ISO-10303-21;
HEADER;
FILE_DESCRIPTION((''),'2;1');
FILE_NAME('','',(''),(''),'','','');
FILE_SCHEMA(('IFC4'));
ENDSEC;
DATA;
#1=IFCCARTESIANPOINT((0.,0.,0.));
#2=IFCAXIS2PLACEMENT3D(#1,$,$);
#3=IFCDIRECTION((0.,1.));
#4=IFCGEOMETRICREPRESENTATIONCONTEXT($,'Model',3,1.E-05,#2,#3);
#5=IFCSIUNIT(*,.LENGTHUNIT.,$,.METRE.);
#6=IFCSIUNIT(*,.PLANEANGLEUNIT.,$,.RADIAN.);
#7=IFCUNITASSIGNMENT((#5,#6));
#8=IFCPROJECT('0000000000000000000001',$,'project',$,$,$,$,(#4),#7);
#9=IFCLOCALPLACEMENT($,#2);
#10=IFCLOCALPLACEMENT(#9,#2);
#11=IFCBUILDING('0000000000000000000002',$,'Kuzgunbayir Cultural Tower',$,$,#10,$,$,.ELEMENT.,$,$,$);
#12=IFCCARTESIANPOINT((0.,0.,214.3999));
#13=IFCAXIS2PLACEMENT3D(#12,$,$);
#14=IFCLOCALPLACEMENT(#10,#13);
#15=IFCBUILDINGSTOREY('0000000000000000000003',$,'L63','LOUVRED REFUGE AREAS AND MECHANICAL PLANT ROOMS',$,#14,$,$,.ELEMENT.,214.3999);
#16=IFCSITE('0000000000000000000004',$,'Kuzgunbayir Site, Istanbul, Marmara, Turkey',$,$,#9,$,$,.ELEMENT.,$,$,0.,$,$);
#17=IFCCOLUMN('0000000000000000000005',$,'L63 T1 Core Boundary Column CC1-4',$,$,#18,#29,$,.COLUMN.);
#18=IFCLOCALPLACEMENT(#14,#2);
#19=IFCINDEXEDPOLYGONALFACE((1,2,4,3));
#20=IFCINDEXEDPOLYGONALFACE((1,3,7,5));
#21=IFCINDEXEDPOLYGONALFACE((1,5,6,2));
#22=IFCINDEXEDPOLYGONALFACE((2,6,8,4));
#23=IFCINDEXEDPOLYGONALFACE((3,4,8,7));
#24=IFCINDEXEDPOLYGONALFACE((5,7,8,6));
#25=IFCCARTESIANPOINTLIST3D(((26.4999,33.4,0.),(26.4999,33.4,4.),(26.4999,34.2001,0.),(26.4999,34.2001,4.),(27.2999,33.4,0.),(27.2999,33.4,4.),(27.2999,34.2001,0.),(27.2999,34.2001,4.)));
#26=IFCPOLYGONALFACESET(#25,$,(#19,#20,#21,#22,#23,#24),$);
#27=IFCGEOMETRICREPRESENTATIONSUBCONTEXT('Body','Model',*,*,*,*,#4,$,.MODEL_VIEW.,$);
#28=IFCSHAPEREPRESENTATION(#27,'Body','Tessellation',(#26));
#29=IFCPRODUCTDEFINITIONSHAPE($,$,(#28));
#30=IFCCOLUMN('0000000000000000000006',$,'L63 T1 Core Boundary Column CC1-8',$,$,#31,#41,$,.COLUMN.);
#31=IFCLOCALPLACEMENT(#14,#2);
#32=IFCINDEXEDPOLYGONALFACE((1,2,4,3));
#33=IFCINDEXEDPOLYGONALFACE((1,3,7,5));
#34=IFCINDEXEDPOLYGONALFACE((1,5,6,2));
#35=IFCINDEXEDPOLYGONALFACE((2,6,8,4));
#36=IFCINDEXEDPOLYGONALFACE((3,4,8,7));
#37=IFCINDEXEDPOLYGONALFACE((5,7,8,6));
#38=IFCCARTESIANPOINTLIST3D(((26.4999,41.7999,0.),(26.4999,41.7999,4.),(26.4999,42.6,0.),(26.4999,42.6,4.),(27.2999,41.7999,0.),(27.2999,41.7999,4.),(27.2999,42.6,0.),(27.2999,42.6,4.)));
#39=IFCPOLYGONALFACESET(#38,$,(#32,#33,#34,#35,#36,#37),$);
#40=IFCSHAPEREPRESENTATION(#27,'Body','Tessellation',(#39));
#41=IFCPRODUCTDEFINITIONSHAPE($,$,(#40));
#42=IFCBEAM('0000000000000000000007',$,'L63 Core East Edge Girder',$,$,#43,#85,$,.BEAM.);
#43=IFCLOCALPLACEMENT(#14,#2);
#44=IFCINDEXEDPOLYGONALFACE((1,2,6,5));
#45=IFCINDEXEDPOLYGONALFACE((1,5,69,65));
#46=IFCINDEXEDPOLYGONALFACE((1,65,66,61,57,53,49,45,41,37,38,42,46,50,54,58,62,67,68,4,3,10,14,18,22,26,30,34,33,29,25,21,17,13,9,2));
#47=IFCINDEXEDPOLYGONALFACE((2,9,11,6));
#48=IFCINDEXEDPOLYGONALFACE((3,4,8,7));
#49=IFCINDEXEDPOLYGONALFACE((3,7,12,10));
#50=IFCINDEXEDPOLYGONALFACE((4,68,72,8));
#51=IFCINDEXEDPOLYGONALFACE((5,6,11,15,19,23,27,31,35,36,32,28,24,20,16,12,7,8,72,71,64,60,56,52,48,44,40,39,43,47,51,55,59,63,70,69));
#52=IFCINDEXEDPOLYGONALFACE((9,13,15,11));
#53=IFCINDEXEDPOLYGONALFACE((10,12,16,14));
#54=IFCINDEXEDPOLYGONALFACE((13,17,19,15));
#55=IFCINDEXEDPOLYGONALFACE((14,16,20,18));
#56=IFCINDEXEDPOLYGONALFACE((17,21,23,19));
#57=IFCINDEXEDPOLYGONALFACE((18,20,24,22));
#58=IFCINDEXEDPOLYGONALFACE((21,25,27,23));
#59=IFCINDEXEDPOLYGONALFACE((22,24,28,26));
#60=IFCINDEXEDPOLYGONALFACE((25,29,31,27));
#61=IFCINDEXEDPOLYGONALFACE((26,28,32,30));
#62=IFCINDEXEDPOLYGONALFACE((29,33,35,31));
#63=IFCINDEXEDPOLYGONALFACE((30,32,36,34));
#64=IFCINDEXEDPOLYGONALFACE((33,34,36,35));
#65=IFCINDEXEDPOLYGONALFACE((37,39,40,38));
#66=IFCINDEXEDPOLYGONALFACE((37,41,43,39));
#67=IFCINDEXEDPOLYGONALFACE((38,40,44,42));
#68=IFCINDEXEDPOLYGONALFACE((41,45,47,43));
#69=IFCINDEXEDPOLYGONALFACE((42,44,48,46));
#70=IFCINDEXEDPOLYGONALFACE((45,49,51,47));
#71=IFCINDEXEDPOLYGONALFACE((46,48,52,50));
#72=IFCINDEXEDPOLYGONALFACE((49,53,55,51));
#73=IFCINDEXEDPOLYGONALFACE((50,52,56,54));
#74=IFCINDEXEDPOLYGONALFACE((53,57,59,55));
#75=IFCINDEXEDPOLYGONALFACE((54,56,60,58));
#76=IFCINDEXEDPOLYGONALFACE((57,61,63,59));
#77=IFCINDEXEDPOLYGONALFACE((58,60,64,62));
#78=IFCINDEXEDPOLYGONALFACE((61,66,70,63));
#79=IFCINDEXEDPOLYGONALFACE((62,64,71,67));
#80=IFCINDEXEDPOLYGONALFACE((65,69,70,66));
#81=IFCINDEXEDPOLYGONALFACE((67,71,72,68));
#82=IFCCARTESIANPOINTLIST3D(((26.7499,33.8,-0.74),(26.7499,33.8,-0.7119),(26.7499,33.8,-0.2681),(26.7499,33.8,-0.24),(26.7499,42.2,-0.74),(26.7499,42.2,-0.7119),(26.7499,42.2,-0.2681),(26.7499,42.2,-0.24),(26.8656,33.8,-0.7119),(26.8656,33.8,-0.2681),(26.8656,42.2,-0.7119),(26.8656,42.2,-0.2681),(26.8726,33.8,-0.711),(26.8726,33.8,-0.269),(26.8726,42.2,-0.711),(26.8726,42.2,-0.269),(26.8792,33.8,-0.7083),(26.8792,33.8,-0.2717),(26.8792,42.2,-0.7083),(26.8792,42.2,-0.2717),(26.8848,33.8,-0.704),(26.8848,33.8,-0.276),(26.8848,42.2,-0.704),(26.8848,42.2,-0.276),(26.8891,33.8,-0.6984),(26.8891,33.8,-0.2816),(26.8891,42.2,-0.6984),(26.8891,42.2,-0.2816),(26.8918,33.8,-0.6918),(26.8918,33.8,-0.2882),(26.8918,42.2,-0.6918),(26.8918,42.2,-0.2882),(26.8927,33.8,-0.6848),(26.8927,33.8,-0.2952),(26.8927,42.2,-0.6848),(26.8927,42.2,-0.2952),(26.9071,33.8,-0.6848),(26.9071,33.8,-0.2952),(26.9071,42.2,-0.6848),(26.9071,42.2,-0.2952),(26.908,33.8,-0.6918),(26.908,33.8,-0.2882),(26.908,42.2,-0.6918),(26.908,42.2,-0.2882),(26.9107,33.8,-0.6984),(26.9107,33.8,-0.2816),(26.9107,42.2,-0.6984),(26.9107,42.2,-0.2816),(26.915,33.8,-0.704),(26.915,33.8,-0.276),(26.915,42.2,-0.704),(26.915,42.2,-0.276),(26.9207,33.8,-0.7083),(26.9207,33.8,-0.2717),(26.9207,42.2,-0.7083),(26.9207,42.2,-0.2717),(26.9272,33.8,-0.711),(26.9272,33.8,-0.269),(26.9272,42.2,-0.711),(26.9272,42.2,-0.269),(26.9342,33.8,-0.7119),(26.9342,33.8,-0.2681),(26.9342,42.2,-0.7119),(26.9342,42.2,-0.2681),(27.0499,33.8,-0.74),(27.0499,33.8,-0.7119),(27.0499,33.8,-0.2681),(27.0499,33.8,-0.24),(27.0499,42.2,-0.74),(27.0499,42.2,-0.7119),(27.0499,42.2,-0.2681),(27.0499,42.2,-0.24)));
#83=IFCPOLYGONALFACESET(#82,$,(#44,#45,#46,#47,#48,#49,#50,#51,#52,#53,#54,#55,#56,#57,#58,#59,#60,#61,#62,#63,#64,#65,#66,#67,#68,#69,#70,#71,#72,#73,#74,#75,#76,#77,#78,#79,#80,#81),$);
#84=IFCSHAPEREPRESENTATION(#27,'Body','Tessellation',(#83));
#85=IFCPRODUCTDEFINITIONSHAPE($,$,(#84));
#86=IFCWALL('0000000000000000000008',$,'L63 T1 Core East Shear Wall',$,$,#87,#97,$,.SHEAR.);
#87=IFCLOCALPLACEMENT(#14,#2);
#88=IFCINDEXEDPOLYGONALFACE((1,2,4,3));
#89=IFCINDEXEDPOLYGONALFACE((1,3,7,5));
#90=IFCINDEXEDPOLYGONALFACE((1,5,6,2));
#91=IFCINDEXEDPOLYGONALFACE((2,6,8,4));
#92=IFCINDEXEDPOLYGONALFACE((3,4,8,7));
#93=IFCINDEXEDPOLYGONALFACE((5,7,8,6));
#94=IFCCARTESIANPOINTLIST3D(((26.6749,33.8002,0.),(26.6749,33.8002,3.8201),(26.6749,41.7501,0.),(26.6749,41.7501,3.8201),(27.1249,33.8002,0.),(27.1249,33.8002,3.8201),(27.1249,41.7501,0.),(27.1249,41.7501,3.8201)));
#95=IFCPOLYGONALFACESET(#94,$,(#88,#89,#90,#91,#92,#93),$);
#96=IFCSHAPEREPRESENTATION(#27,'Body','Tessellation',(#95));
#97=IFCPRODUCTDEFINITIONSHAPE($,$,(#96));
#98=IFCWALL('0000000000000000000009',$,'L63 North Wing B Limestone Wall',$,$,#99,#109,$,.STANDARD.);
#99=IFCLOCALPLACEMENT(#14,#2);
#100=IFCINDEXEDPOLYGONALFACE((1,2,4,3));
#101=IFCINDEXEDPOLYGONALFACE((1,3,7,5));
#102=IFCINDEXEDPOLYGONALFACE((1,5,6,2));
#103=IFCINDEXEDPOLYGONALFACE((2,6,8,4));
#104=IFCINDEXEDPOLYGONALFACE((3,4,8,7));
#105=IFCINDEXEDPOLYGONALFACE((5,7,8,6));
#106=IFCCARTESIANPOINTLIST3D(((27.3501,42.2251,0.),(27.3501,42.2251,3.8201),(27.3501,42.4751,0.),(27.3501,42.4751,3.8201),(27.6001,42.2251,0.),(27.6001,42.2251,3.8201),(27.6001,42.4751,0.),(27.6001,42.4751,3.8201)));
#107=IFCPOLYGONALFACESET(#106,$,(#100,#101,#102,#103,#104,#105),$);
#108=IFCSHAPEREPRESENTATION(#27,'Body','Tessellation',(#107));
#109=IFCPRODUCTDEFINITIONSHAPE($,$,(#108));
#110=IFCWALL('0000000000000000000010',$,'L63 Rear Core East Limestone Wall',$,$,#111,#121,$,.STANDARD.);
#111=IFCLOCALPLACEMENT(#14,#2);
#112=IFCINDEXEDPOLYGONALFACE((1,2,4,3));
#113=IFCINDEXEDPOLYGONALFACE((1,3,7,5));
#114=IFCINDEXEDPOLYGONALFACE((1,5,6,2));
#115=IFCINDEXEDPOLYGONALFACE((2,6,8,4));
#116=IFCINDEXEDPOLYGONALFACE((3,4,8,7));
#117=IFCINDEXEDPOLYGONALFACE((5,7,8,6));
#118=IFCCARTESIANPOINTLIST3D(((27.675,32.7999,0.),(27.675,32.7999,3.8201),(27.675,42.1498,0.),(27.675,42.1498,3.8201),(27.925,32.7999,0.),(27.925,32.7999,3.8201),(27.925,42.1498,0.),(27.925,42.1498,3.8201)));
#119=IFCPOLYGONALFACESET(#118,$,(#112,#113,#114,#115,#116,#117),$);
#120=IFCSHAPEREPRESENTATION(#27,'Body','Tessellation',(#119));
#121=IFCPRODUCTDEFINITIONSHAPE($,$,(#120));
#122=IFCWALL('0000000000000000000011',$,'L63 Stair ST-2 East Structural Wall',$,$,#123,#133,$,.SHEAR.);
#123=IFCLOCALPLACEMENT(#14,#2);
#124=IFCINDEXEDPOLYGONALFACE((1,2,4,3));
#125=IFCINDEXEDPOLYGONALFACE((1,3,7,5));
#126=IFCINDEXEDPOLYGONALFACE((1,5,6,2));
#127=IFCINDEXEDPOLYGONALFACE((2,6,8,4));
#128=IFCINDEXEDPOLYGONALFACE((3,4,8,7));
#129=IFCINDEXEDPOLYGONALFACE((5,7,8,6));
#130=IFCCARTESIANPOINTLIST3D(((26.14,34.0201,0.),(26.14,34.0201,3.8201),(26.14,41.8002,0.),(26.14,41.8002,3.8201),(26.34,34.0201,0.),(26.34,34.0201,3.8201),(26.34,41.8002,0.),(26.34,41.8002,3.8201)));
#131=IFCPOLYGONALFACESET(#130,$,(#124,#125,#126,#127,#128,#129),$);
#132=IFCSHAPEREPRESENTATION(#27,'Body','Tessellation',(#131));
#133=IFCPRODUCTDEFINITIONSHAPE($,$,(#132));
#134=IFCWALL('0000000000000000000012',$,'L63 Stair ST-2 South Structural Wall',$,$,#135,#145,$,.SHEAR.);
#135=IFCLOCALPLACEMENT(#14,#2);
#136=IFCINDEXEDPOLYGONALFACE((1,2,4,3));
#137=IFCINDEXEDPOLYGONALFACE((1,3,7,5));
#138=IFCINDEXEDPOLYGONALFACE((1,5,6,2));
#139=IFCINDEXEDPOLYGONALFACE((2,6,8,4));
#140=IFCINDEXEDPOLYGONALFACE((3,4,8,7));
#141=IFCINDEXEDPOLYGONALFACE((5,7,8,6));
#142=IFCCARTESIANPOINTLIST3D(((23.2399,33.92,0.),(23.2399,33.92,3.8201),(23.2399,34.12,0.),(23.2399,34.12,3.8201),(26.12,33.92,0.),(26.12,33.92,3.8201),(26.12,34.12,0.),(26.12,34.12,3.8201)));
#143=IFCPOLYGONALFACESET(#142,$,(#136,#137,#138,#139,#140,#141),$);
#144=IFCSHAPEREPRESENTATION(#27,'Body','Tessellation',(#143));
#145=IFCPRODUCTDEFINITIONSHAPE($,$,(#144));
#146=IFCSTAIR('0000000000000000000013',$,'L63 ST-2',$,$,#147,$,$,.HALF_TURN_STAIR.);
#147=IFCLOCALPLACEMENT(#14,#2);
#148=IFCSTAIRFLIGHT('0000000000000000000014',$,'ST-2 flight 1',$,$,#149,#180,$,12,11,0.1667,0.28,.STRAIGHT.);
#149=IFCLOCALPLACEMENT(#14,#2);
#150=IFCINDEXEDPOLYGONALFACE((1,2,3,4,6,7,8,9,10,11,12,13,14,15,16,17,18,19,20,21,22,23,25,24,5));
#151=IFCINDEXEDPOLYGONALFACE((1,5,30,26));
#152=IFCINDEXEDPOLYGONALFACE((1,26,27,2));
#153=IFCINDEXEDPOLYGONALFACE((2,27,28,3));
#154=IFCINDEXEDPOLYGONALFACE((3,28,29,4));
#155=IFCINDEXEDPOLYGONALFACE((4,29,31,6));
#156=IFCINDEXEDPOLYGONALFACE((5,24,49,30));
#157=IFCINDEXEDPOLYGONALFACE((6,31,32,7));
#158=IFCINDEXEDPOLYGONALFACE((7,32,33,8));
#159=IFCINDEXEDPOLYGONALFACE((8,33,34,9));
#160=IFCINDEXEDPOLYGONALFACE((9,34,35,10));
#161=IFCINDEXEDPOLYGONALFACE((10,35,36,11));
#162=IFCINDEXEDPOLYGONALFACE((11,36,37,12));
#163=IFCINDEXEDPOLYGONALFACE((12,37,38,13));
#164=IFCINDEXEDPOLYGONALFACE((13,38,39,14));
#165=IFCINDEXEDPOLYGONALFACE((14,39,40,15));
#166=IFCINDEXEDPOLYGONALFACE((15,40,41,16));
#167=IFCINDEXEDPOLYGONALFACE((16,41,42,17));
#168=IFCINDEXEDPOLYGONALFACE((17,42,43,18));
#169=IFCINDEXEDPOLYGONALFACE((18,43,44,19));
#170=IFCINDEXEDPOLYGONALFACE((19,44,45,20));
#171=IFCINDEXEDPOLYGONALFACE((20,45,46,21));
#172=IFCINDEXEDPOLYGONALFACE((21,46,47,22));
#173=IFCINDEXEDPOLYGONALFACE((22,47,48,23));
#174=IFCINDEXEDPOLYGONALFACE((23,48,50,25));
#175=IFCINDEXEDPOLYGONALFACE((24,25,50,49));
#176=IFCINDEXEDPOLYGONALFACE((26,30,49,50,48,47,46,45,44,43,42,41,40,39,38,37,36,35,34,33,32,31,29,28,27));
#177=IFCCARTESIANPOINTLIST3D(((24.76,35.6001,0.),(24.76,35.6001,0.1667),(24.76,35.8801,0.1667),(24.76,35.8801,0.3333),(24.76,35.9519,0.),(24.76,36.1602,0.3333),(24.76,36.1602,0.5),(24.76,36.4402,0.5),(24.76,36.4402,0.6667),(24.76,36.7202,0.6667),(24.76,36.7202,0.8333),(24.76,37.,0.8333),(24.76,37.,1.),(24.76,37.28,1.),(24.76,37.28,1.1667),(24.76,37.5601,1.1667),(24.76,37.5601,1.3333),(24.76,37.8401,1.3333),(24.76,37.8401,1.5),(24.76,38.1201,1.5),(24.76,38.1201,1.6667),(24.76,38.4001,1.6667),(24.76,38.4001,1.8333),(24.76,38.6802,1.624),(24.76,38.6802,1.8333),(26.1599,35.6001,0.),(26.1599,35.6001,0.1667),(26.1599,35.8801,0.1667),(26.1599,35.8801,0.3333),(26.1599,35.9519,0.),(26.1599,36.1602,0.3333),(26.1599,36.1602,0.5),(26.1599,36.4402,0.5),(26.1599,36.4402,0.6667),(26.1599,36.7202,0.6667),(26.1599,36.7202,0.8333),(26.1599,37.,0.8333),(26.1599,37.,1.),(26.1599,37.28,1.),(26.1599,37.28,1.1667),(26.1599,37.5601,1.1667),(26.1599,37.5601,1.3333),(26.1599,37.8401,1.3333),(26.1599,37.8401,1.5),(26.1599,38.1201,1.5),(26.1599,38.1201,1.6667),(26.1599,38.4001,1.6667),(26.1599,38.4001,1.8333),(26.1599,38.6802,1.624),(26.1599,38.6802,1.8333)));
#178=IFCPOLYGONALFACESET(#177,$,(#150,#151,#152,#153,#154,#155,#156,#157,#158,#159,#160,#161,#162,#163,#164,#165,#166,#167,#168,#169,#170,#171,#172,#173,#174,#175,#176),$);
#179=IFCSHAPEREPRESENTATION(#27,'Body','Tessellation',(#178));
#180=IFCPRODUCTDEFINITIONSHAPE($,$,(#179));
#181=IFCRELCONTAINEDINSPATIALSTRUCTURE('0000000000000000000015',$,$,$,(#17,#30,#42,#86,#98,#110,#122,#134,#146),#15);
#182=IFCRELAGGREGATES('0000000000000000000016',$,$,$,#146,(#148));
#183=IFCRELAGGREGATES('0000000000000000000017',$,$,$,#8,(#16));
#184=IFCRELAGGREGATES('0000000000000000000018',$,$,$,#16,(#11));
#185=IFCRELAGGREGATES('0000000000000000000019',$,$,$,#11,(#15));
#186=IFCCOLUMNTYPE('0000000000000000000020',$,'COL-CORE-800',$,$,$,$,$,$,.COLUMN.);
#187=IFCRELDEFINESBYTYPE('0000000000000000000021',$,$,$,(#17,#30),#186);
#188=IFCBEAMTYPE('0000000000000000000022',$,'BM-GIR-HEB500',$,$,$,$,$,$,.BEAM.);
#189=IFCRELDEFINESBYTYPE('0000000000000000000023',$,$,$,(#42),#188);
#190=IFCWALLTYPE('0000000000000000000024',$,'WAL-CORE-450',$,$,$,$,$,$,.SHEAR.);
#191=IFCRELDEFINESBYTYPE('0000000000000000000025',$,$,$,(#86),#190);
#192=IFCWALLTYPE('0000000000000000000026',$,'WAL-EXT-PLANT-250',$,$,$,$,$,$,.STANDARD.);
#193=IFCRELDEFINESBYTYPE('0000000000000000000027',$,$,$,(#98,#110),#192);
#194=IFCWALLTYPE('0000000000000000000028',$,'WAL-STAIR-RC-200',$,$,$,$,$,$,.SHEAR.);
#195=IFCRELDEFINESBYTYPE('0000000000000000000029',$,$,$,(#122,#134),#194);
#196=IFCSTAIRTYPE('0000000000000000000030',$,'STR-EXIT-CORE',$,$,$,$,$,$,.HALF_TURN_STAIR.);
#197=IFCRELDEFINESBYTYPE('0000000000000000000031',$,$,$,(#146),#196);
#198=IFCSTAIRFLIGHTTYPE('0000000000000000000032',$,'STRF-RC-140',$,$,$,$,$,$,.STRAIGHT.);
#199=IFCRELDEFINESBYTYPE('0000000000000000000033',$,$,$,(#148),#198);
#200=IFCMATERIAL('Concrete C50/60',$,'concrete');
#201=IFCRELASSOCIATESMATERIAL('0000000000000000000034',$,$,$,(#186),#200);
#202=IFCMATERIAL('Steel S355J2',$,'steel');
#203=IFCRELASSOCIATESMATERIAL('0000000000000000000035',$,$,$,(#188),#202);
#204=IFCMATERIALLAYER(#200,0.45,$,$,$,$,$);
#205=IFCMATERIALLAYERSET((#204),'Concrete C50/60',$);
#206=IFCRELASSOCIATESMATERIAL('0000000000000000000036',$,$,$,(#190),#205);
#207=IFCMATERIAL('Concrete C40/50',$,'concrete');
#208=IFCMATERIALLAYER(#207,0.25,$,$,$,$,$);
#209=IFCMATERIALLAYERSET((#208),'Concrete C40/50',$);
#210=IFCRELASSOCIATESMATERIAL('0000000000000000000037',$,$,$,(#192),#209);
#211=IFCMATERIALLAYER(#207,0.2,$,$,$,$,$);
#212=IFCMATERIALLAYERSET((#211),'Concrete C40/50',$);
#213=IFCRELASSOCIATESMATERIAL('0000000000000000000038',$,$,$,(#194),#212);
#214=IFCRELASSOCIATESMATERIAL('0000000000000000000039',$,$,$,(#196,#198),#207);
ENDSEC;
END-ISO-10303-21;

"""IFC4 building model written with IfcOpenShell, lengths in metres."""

from ifc_helpers import new_model, si_unit, direction, frame, frame_2d, origin, origin_2d, place, context, subcontext, project, spatial, polyline, rectangle, i_section, outline, extrude, material, layer, layer_set, material_profile, profile_set, type_object, element, aggregate, save


model = new_model("IFC4")

# Units and contexts
model_context = context("Model", 3, precision=1e-05, world=origin(), true_north=direction((0.0, 1.0)))
body_context = subcontext(model_context, "Body", "Model", "MODEL_VIEW")
ifc_project = project(units=[si_unit("LENGTHUNIT", "METRE"), si_unit("PLANEANGLEUNIT", "RADIAN")], contexts=[model_context])

# Site, building, storey
site_placement = place(None, origin())
site = spatial("IfcSite", under=ifc_project, at=site_placement, Name="Kuzgunbayir Site, Istanbul, Marmara, Turkey", CompositionType="ELEMENT", RefElevation=0.0)
building_placement = place(site_placement, origin())
building = spatial("IfcBuilding", under=site, at=building_placement, Name="Kuzgunbayir Cultural Tower", CompositionType="ELEMENT")
storey_placement = place(building_placement, frame((0.0, 0.0, 214.3999)))
storey = spatial("IfcBuildingStorey", under=building, at=storey_placement, Name="L63", Description="LOUVRED REFUGE AREAS AND MECHANICAL PLANT ROOMS", CompositionType="ELEMENT", Elevation=214.3999)

# Columns
ifc_material_1 = material(Name="Concrete C50/60", Category="concrete")
ifc_material_profile_1 = material_profile(ifc_material_1, rectangle(XDim=0.8, YDim=0.8, at=origin_2d()), Name="RC 800x800")
ifc_profile_set_1 = profile_set([ifc_material_profile_1], Name="Concrete C50/60")
column_type = type_object("IfcColumnType", Name="COL-CORE-800", PredefinedType="COLUMN", material=ifc_profile_set_1)
for number, where, z_axis, x_axis, name in (
    (1, (26.8999, 33.8, 0.0), (0.0, 0.0, 1.0), (1.0, 0.0, 0.0), "L63 T1 Core Boundary Column CC1-4"),
    (2, (26.8999, 42.2, 0.0), (0.0, 0.0, 1.0), (1.0, 0.0, 0.0), "L63 T1 Core Boundary Column CC1-8"),
):
    element("IfcColumn", number, at=place(storey_placement, frame(where, z_axis=z_axis, x_axis=x_axis)), inside=storey, type_object=column_type, Name=name, PredefinedType="COLUMN", context=body_context, shape_type="SweptSolid", body=[
        extrude(rectangle(XDim=0.8, YDim=0.8, at=origin_2d()), origin(), (0.0, 0.0, 1.0), 4.0),
    ])

# Beam
ifc_material_2 = material(Name="Steel S355J2", Category="steel")
ifc_material_profile_2 = material_profile(ifc_material_2, i_section(OverallWidth=0.3, OverallDepth=0.5, WebThickness=0.0144, FlangeThickness=0.0281, FilletRadius=0.0271, at=origin_2d()), Name="HEB 500")
ifc_profile_set_2 = profile_set([ifc_material_profile_2], Name="Steel S355J2")
beam_type = type_object("IfcBeamType", Name="BM-GIR-HEB500", PredefinedType="BEAM", material=ifc_profile_set_2)
beam_placement = place(storey_placement, frame((26.8999, 33.8, -0.49), z_axis=(0.0, 1.0, 0.0), x_axis=(-1.0, 0.0, 0.0)))
element("IfcBeam", 3, at=beam_placement, inside=storey, type_object=beam_type, Name="L63 Core East Edge Girder", PredefinedType="BEAM", context=body_context, shape_type="SweptSolid", body=[
    extrude(i_section(OverallWidth=0.3, OverallDepth=0.5, WebThickness=0.0144, FlangeThickness=0.0281, FilletRadius=0.0271, at=origin_2d()), origin(), (0.0, 0.0, 1.0), 8.3999),
])

# Walls
ifc_layer_1 = layer(ifc_material_1, 0.45)
ifc_layer_set_1 = layer_set([ifc_layer_1], Name="Concrete C50/60")
wall_type_1 = type_object("IfcWallType", Name="WAL-CORE-450", PredefinedType="SHEAR", material=ifc_layer_set_1)
wall_1_placement = place(storey_placement, frame((26.8999, 33.8, 0.0), z_axis=(0.0, 0.0, 1.0), x_axis=(0.0, 1.0, 0.0)))
element("IfcWall", 4, at=wall_1_placement, inside=storey, type_object=wall_type_1, Name="L63 T1 Core East Shear Wall", PredefinedType="SHEAR", context=body_context, shape_type="SweptSolid", body=[
    extrude(rectangle(XDim=7.95, YDim=0.45, at=frame_2d((3.9751, 0.0))), origin(), (0.0, 0.0, 1.0), 3.8201),
])
ifc_material_3 = material(Name="Concrete C40/50", Category="concrete")
ifc_layer_2 = layer(ifc_material_3, 0.25)
ifc_layer_set_2 = layer_set([ifc_layer_2], Name="Concrete C40/50")
wall_type_2 = type_object("IfcWallType", Name="WAL-EXT-PLANT-250", PredefinedType="STANDARD", material=ifc_layer_set_2)
wall_2_placement = place(storey_placement, frame((27.6001, 42.3501, 0.0), z_axis=(0.0, 0.0, 1.0), x_axis=(-1.0, 0.0, 0.0)))
element("IfcWall", 5, at=wall_2_placement, inside=storey, type_object=wall_type_2, Name="L63 North Wing B Limestone Wall", PredefinedType="STANDARD", context=body_context, shape_type="SweptSolid", body=[
    extrude(rectangle(XDim=0.25, YDim=0.25, at=frame_2d((0.125, 0.0))), origin(), (0.0, 0.0, 1.0), 3.8201),
])
wall_3_placement = place(storey_placement, frame((27.8, 32.8, 0.0), z_axis=(0.0, 0.0, 1.0), x_axis=(0.0, 1.0, 0.0)))
element("IfcWall", 6, at=wall_3_placement, inside=storey, type_object=wall_type_2, Name="L63 Rear Core East Limestone Wall", PredefinedType="STANDARD", context=body_context, shape_type="SweptSolid", body=[
    extrude(rectangle(XDim=9.3499, YDim=0.25, at=frame_2d((4.6748, 0.0))), origin(), (0.0, 0.0, 1.0), 3.8201),
])
ifc_layer_3 = layer(ifc_material_3, 0.2)
ifc_layer_set_3 = layer_set([ifc_layer_3], Name="Concrete C40/50")
wall_type_3 = type_object("IfcWallType", Name="WAL-STAIR-RC-200", PredefinedType="SHEAR", material=ifc_layer_set_3)
wall_4_placement = place(storey_placement, frame((26.24, 34.02, 0.0), z_axis=(0.0, 0.0, 1.0), x_axis=(0.0, 1.0, 0.0)))
element("IfcWall", 7, at=wall_4_placement, inside=storey, type_object=wall_type_3, Name="L63 Stair ST-2 East Structural Wall", PredefinedType="SHEAR", context=body_context, shape_type="SweptSolid", body=[
    extrude(rectangle(XDim=7.78, YDim=0.2, at=frame_2d((3.8901, 0.0))), origin(), (0.0, 0.0, 1.0), 3.8201),
])
wall_5_placement = place(storey_placement, frame((23.24, 34.02, 0.0), z_axis=(0.0, 0.0, 1.0), x_axis=(1.0, 0.0, 0.0)))
element("IfcWall", 8, at=wall_5_placement, inside=storey, type_object=wall_type_3, Name="L63 Stair ST-2 South Structural Wall", PredefinedType="SHEAR", context=body_context, shape_type="SweptSolid", body=[
    extrude(rectangle(XDim=2.8801, YDim=0.2, at=frame_2d((1.4399, 0.0))), origin(), (0.0, 0.0, 1.0), 3.8201),
])

# Stair, stair flight
stair_type = type_object("IfcStairType", Name="STR-EXIT-CORE", PredefinedType="HALF_TURN_STAIR", material=ifc_material_3)
stair_placement = place(storey_placement, origin())
stair = element("IfcStair", 9, at=stair_placement, inside=storey, type_object=stair_type, Name="L63 ST-2", PredefinedType="HALF_TURN_STAIR")
stair_flight_type = type_object("IfcStairFlightType", Name="STRF-RC-140", PredefinedType="STRAIGHT", material=ifc_material_3)
stair_flight_1_placement = place(storey_placement, frame((25.46, 35.6001, 0.0), z_axis=(0.0, 0.0, 1.0), x_axis=(0.0, 1.0, 0.0)))
stair_flight_1 = element("IfcStairFlight", 10, at=stair_flight_1_placement, type_object=stair_flight_type, Name="ST-2 flight 1", NumberOfRisers=12, NumberOfTreads=11, PredefinedType="STRAIGHT", RiserHeight=0.1667, TreadLength=0.28, context=body_context, shape_type="SweptSolid", body=[
    extrude(outline(polyline([(0.0, 0.0), (0.0, 0.1667), (0.28, 0.1667), (0.28, 0.3333), (0.5601, 0.3333), (0.5601, 0.5), (0.8401, 0.5), (0.8401, 0.6667), (1.1201, 0.6667), (1.1201, 0.8333), (1.3999, 0.8333), (1.3999, 1.0), (1.6799, 1.0), (1.6799, 1.1667), (1.96, 1.1667), (1.96, 1.3333), (2.24, 1.3333), (2.24, 1.5), (2.52, 1.5), (2.52, 1.6667), (2.8, 1.6667), (2.8, 1.8333), (3.0801, 1.8333), (3.0801, 2.0), (3.0801, 1.624), (0.3518, 0.0), (0.0, 0.0)])), frame((0.0, 0.7, 0.0), z_axis=(0.0, -1.0, 0.0), x_axis=(1.0, 0.0, 0.0)), (0.0, 0.0, 1.0), 1.3999),
])
aggregate(stair, [stair_flight_1])

save(model, "model.ifc")
